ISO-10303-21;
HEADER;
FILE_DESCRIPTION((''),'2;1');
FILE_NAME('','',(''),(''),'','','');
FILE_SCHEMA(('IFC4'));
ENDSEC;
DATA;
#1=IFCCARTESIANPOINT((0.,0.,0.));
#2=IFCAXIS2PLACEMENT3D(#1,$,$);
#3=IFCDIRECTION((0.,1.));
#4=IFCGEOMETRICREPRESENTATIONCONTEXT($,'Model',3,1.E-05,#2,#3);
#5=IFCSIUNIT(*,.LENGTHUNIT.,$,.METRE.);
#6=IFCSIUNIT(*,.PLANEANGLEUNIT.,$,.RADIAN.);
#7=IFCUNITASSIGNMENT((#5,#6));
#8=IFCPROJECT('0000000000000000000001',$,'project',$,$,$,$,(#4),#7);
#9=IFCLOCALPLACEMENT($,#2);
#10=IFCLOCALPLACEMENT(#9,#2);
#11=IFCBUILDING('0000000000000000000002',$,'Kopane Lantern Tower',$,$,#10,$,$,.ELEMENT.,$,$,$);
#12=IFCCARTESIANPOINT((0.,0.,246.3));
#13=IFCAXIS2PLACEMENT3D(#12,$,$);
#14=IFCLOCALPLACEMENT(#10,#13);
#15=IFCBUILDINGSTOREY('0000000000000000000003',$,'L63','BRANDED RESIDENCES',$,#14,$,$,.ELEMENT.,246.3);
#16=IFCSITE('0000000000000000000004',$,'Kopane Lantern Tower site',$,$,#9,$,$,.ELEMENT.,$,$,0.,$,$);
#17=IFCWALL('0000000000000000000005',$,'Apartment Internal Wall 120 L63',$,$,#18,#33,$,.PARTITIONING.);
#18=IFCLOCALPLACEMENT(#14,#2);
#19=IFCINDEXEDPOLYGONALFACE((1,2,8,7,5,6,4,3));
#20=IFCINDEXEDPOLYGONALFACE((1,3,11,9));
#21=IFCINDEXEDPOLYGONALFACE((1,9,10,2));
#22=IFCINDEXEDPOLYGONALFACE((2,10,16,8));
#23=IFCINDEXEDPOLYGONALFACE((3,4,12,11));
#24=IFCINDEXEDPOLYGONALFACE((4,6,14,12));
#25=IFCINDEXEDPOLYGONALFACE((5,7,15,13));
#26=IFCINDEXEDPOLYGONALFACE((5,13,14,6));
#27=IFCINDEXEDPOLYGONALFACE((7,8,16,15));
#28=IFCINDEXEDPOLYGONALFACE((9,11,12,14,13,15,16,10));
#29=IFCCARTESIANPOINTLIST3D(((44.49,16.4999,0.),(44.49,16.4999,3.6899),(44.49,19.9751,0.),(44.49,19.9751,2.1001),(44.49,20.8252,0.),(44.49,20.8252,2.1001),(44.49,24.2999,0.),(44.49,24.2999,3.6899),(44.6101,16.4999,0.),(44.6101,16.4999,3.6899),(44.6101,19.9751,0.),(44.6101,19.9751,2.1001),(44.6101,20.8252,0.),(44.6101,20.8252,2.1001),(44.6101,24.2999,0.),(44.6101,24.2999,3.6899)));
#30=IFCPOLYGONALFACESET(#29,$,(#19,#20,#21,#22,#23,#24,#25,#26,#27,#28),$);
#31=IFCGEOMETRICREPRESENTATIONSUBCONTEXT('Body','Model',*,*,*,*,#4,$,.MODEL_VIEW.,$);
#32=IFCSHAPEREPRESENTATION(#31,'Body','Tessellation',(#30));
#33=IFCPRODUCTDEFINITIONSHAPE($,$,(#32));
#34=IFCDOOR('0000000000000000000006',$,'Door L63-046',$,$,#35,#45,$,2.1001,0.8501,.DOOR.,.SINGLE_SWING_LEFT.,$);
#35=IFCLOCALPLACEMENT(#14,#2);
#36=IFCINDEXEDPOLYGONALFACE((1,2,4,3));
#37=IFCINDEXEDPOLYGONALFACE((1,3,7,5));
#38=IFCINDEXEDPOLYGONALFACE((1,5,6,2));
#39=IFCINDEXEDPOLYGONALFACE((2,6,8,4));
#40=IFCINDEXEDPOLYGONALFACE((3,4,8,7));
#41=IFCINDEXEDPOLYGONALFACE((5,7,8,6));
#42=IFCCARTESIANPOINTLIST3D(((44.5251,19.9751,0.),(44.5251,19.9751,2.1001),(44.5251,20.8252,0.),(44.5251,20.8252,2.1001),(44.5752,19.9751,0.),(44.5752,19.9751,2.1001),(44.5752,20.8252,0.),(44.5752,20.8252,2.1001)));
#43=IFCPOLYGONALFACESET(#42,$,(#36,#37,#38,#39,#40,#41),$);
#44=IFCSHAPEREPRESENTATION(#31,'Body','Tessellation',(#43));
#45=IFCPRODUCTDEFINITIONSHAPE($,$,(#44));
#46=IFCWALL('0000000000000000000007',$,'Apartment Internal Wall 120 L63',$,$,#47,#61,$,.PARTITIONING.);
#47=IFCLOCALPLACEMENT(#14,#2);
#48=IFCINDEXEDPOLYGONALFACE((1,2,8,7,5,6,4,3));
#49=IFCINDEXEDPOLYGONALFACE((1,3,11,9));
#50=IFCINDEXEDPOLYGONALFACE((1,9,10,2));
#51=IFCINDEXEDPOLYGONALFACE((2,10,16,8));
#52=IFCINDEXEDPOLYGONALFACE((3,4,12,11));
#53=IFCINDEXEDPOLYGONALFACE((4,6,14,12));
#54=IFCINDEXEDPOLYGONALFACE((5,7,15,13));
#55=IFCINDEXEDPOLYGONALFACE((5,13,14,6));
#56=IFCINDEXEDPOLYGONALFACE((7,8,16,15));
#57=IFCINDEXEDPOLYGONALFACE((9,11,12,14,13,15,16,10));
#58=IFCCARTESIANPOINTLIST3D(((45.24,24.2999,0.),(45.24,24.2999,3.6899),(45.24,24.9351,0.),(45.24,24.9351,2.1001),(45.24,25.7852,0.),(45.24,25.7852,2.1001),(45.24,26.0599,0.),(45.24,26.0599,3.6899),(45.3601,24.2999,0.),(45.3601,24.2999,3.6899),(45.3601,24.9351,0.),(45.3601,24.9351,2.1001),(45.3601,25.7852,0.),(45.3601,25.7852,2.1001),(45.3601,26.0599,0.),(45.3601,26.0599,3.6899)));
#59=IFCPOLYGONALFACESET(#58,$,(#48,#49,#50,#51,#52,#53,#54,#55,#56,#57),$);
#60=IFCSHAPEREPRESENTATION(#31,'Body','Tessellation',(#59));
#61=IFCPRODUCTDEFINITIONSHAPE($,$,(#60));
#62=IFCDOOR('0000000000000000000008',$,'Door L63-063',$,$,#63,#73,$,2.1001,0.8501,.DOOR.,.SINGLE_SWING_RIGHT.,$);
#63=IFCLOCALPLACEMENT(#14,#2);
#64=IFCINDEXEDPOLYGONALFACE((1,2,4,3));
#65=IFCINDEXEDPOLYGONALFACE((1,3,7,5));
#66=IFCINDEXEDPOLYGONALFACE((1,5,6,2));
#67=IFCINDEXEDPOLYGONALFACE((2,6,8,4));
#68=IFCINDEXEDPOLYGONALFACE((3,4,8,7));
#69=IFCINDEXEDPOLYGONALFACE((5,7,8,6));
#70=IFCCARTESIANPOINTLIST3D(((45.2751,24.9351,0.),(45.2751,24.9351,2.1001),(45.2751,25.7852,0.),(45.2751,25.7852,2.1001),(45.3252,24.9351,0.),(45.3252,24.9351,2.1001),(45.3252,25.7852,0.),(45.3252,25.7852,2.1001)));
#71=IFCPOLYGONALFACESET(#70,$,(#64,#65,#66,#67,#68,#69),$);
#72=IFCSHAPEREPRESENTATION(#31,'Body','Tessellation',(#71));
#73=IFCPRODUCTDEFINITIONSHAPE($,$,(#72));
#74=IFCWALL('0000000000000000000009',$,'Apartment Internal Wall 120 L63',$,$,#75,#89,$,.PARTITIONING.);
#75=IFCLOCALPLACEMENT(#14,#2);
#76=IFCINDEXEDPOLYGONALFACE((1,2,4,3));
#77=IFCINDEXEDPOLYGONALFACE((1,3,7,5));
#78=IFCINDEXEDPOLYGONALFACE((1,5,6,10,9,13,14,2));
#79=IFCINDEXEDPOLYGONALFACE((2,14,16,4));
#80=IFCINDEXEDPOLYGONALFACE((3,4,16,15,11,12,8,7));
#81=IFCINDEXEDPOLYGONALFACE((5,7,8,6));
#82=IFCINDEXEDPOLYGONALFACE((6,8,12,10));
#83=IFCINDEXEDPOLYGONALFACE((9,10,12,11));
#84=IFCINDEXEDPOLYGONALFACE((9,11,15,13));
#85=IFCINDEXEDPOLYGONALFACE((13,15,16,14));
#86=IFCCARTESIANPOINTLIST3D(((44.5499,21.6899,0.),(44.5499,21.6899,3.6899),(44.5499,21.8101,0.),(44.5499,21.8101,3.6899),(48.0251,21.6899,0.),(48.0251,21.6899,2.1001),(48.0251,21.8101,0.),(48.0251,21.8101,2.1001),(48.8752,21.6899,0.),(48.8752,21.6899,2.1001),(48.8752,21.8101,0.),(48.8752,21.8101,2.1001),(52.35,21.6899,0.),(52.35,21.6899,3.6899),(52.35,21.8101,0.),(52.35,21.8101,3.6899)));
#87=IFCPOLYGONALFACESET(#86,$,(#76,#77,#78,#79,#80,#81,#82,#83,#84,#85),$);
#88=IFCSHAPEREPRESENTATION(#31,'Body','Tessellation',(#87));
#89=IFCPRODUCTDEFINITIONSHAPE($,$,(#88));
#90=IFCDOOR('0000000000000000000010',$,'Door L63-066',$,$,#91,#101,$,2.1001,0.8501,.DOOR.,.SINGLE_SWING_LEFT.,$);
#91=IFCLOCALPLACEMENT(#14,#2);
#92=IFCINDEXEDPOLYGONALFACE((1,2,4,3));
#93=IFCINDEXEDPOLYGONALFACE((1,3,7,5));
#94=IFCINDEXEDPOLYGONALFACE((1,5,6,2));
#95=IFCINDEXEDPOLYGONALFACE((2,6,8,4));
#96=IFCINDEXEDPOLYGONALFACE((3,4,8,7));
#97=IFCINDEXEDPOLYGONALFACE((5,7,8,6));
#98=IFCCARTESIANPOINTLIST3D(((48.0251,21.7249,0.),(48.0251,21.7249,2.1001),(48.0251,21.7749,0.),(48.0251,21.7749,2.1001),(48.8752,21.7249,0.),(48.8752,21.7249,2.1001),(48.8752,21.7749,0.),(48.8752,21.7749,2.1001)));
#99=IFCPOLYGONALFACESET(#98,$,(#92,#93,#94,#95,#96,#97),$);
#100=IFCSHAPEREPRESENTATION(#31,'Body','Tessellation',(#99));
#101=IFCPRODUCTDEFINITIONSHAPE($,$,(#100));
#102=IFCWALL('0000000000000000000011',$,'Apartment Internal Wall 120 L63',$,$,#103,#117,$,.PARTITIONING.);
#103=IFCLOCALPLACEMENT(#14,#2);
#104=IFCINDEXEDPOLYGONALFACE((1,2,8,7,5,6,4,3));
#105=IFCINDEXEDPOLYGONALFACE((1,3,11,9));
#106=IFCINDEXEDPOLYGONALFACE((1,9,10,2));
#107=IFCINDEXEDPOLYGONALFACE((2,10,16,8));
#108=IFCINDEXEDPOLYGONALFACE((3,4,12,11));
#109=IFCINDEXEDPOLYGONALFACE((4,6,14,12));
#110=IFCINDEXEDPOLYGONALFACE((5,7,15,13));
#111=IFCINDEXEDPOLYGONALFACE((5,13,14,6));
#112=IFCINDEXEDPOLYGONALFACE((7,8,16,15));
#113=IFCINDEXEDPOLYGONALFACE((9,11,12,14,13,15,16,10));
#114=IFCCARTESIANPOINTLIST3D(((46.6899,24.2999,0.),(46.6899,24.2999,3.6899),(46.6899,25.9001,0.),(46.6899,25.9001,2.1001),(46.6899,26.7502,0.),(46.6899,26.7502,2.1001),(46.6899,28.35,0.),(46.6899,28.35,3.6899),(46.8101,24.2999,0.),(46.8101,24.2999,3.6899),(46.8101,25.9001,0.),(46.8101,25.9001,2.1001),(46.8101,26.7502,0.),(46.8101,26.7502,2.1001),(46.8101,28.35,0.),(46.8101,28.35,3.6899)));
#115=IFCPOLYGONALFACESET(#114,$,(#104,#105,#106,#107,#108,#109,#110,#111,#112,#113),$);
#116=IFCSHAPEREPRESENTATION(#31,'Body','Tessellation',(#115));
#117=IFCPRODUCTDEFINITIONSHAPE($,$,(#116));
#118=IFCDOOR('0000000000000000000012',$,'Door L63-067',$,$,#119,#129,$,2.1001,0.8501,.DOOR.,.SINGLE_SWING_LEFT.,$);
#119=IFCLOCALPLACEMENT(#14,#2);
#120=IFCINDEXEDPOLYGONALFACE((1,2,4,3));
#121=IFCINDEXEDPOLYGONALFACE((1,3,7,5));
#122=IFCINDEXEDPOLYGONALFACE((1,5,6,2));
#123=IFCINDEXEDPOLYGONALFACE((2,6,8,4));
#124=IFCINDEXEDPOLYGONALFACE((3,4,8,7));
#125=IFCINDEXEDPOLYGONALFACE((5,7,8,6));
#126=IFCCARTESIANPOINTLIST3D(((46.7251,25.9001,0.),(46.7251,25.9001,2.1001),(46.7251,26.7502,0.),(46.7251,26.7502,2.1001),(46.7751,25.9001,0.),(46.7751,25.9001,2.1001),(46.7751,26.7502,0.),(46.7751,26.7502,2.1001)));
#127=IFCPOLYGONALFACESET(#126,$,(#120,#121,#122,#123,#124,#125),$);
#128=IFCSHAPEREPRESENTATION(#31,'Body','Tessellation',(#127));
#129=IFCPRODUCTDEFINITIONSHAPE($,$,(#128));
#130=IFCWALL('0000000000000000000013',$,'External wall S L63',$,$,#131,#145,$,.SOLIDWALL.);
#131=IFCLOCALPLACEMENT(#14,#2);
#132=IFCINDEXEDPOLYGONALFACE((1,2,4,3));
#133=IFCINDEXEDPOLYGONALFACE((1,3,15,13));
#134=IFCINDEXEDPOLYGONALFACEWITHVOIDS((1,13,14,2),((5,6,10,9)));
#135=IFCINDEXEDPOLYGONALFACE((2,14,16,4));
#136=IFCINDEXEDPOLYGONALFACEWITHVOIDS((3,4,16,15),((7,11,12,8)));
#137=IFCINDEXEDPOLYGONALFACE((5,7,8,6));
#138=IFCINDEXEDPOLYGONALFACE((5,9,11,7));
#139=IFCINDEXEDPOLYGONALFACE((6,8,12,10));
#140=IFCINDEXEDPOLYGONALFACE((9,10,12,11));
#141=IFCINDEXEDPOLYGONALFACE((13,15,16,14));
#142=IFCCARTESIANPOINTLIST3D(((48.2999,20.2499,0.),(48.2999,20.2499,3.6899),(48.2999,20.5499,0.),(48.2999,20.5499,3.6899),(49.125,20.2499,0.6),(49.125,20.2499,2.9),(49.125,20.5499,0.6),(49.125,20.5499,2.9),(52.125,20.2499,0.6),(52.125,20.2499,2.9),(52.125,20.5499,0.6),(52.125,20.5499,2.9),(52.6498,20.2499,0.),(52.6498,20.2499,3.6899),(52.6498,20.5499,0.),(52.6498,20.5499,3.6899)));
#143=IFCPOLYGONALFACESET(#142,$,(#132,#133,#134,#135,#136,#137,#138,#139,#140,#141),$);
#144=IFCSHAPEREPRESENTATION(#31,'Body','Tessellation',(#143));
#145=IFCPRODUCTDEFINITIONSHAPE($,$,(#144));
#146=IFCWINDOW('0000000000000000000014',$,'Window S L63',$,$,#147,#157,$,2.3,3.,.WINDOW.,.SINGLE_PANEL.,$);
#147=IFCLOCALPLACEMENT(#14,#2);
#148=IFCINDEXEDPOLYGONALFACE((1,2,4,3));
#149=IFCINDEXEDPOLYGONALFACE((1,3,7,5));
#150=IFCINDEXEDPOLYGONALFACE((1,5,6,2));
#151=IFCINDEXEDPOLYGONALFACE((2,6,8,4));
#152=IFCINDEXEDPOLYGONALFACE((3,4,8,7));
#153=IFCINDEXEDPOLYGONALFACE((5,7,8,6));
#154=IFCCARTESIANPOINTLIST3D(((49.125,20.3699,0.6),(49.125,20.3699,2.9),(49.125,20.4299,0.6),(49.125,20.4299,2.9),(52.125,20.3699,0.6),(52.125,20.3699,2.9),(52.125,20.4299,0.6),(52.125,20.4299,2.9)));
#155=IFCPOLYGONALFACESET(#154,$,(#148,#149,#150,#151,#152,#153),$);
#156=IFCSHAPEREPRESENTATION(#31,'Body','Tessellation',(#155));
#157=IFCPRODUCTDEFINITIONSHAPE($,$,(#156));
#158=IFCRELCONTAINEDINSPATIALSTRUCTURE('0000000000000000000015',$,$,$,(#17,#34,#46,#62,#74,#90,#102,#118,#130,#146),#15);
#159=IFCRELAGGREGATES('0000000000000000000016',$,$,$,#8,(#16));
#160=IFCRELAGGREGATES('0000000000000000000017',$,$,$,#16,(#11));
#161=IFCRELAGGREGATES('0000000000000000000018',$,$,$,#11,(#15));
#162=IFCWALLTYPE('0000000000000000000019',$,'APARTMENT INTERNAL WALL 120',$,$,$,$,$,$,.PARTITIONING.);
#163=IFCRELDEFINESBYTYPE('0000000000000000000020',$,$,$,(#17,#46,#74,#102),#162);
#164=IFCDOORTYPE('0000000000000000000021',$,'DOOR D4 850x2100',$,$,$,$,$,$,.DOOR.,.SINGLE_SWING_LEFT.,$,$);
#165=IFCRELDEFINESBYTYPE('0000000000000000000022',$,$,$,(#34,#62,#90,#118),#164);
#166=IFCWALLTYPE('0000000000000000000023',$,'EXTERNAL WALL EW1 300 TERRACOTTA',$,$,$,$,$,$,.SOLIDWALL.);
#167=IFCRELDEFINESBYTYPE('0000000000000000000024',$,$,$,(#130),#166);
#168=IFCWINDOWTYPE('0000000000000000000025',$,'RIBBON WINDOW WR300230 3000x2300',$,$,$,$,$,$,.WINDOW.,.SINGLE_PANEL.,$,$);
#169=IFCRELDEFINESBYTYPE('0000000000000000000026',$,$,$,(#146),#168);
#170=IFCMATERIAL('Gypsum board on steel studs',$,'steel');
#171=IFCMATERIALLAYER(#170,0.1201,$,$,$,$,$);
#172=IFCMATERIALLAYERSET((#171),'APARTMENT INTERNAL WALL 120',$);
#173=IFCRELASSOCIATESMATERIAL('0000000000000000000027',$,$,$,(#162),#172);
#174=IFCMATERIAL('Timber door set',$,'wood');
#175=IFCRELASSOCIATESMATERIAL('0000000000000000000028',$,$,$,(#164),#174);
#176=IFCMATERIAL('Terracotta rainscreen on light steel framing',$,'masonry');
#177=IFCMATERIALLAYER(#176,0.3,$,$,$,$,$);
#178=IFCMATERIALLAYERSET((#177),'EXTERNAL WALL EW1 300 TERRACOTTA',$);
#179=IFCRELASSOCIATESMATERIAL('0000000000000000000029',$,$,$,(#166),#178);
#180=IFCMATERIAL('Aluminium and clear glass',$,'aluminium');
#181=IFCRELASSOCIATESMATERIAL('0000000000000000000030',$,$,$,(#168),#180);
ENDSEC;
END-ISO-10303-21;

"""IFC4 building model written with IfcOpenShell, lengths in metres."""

from ifc_helpers import new_model, si_unit, direction, frame, frame_2d, origin, place, context, subcontext, project, spatial, rectangle, extrude, material, layer, layer_set, type_object, element, fill, save


model = new_model("IFC4")

# Units and contexts
model_context = context("Model", 3, precision=1e-05, world=origin(), true_north=direction((0.0, 1.0)))
body_context = subcontext(model_context, "Body", "Model", "MODEL_VIEW")
ifc_project = project(units=[si_unit("LENGTHUNIT", "METRE"), si_unit("PLANEANGLEUNIT", "RADIAN")], contexts=[model_context])

# Site, building, storey
site_placement = place(None, origin())
site = spatial("IfcSite", under=ifc_project, at=site_placement, Name="Kopane Lantern Tower site", CompositionType="ELEMENT", RefElevation=0.0)
building_placement = place(site_placement, origin())
building = spatial("IfcBuilding", under=site, at=building_placement, Name="Kopane Lantern Tower", CompositionType="ELEMENT")
storey_placement = place(building_placement, frame((0.0, 0.0, 246.3)))
storey = spatial("IfcBuildingStorey", under=building, at=storey_placement, Name="L63", Description="BRANDED RESIDENCES", CompositionType="ELEMENT", Elevation=246.3)

# Shared definitions
ifc_material_1 = material(Name="Gypsum board on steel studs", Category="steel")
ifc_layer_1 = layer(ifc_material_1, 0.1201)
ifc_layer_set_1 = layer_set([ifc_layer_1], Name="APARTMENT INTERNAL WALL 120")
wall_type_1 = type_object("IfcWallType", Name="APARTMENT INTERNAL WALL 120", PredefinedType="PARTITIONING", material=ifc_layer_set_1)
ifc_material_2 = material(Name="Timber door set", Category="wood")
door_type = type_object("IfcDoorType", Name="DOOR D4 850x2100", OperationType="SINGLE_SWING_LEFT", PredefinedType="DOOR", material=ifc_material_2)

# Walls, openings, doors
wall_1_placement = place(storey_placement, frame((44.55, 16.5, 0.0), z_axis=(0.0, 0.0, 1.0), x_axis=(0.0, 1.0, 0.0)))
wall_1 = element("IfcWall", 1, at=wall_1_placement, inside=storey, type_object=wall_type_1, Name="Apartment Internal Wall 120 L63", PredefinedType="PARTITIONING", context=body_context, shape_type="SweptSolid", body=[
    extrude(rectangle(XDim=7.8, YDim=0.1201, at=frame_2d((3.8999, 0.0))), origin(), (0.0, 0.0, 1.0), 3.6899),
])
opening_1_placement = place(wall_1_placement, frame((3.4751, 0.0, 0.0)))
opening_1 = element("IfcOpeningElement", 2, at=opening_1_placement, cuts=wall_1, PredefinedType="OPENING", context=body_context, shape_type="SweptSolid", body=[
    extrude(rectangle(XDim=0.8501, YDim=2.1001, at=frame_2d((0.425, 1.05))), frame((0.0, 0.0701, 0.0), z_axis=(0.0, -1.0, 0.0), x_axis=(1.0, 0.0, 0.0)), (0.0, 0.0, 1.0), 0.1401),
])
door_1_placement = place(opening_1_placement, origin())
door_1 = element("IfcDoor", 3, at=door_1_placement, inside=storey, type_object=door_type, Name="Door L63-046", OperationType="SINGLE_SWING_LEFT", OverallHeight=2.1001, OverallWidth=0.8501, PredefinedType="DOOR", context=body_context, shape_type="SweptSolid", body=[
    extrude(rectangle(XDim=0.8501, YDim=2.1001, at=frame_2d((0.425, 1.05))), frame((0.0, 0.0249, 0.0), z_axis=(0.0, -1.0, 0.0), x_axis=(1.0, 0.0, 0.0)), (0.0, 0.0, 1.0), 0.05),
])
fill(opening_1, door_1)
wall_2_placement = place(storey_placement, frame((45.3, 24.3, 0.0), z_axis=(0.0, 0.0, 1.0), x_axis=(0.0, 1.0, 0.0)))
wall_2 = element("IfcWall", 4, at=wall_2_placement, inside=storey, type_object=wall_type_1, Name="Apartment Internal Wall 120 L63", PredefinedType="PARTITIONING", context=body_context, shape_type="SweptSolid", body=[
    extrude(rectangle(XDim=1.76, YDim=0.1201, at=frame_2d((0.8799, 0.0))), origin(), (0.0, 0.0, 1.0), 3.6899),
])
opening_2_placement = place(wall_2_placement, frame((0.635, 0.0, 0.0)))
opening_2 = element("IfcOpeningElement", 5, at=opening_2_placement, cuts=wall_2, PredefinedType="OPENING", context=body_context, shape_type="SweptSolid", body=[
    extrude(rectangle(XDim=0.8501, YDim=2.1001, at=frame_2d((0.425, 1.05))), frame((0.0, 0.0701, 0.0), z_axis=(0.0, -1.0, 0.0), x_axis=(1.0, 0.0, 0.0)), (0.0, 0.0, 1.0), 0.1401),
])
door_2_placement = place(opening_2_placement, origin())
door_2 = element("IfcDoor", 6, at=door_2_placement, inside=storey, type_object=door_type, Name="Door L63-063", OperationType="SINGLE_SWING_RIGHT", OverallHeight=2.1001, OverallWidth=0.8501, PredefinedType="DOOR", context=body_context, shape_type="SweptSolid", body=[
    extrude(rectangle(XDim=0.8501, YDim=2.1001, at=frame_2d((0.425, 1.05))), frame((0.0, 0.0249, 0.0), z_axis=(0.0, -1.0, 0.0), x_axis=(1.0, 0.0, 0.0)), (0.0, 0.0, 1.0), 0.05),
])
fill(opening_2, door_2)
wall_3_placement = place(storey_placement, frame((44.55, 21.75, 0.0), z_axis=(0.0, 0.0, 1.0), x_axis=(1.0, 0.0, 0.0)))
wall_3 = element("IfcWall", 7, at=wall_3_placement, inside=storey, type_object=wall_type_1, Name="Apartment Internal Wall 120 L63", PredefinedType="PARTITIONING", context=body_context, shape_type="SweptSolid", body=[
    extrude(rectangle(XDim=7.8, YDim=0.1201, at=frame_2d((3.8999, 0.0))), origin(), (0.0, 0.0, 1.0), 3.6899),
])
opening_3_placement = place(wall_3_placement, frame((3.4751, 0.0, 0.0)))
opening_3 = element("IfcOpeningElement", 8, at=opening_3_placement, cuts=wall_3, PredefinedType="OPENING", context=body_context, shape_type="SweptSolid", body=[
    extrude(rectangle(XDim=0.8501, YDim=2.1001, at=frame_2d((0.425, 1.05))), frame((0.0, 0.0701, 0.0), z_axis=(0.0, -1.0, 0.0), x_axis=(1.0, 0.0, 0.0)), (0.0, 0.0, 1.0), 0.1401),
])
door_3_placement = place(opening_3_placement, origin())
door_3 = element("IfcDoor", 9, at=door_3_placement, inside=storey, type_object=door_type, Name="Door L63-066", OperationType="SINGLE_SWING_LEFT", OverallHeight=2.1001, OverallWidth=0.8501, PredefinedType="DOOR", context=body_context, shape_type="SweptSolid", body=[
    extrude(rectangle(XDim=0.8501, YDim=2.1001, at=frame_2d((0.425, 1.05))), frame((0.0, 0.0249, 0.0), z_axis=(0.0, -1.0, 0.0), x_axis=(1.0, 0.0, 0.0)), (0.0, 0.0, 1.0), 0.05),
])
fill(opening_3, door_3)
wall_4_placement = place(storey_placement, frame((46.75, 24.3, 0.0), z_axis=(0.0, 0.0, 1.0), x_axis=(0.0, 1.0, 0.0)))
wall_4 = element("IfcWall", 10, at=wall_4_placement, inside=storey, type_object=wall_type_1, Name="Apartment Internal Wall 120 L63", PredefinedType="PARTITIONING", context=body_context, shape_type="SweptSolid", body=[
    extrude(rectangle(XDim=4.05, YDim=0.1201, at=frame_2d((2.0249, 0.0))), origin(), (0.0, 0.0, 1.0), 3.6899),
])
opening_4_placement = place(wall_4_placement, frame((1.6001, 0.0, 0.0)))
opening_4 = element("IfcOpeningElement", 11, at=opening_4_placement, cuts=wall_4, PredefinedType="OPENING", context=body_context, shape_type="SweptSolid", body=[
    extrude(rectangle(XDim=0.8501, YDim=2.1001, at=frame_2d((0.425, 1.05))), frame((0.0, 0.0701, 0.0), z_axis=(0.0, -1.0, 0.0), x_axis=(1.0, 0.0, 0.0)), (0.0, 0.0, 1.0), 0.1401),
])
door_4_placement = place(opening_4_placement, origin())
door_4 = element("IfcDoor", 12, at=door_4_placement, inside=storey, type_object=door_type, Name="Door L63-067", OperationType="SINGLE_SWING_LEFT", OverallHeight=2.1001, OverallWidth=0.8501, PredefinedType="DOOR", context=body_context, shape_type="SweptSolid", body=[
    extrude(rectangle(XDim=0.8501, YDim=2.1001, at=frame_2d((0.425, 1.05))), frame((0.0, 0.0249, 0.0), z_axis=(0.0, -1.0, 0.0), x_axis=(1.0, 0.0, 0.0)), (0.0, 0.0, 1.0), 0.05),
])
fill(opening_4, door_4)

# Wall, opening, window
ifc_material_3 = material(Name="Terracotta rainscreen on light steel framing", Category="masonry")
ifc_layer_2 = layer(ifc_material_3, 0.3)
ifc_layer_set_2 = layer_set([ifc_layer_2], Name="EXTERNAL WALL EW1 300 TERRACOTTA")
wall_type_2 = type_object("IfcWallType", Name="EXTERNAL WALL EW1 300 TERRACOTTA", PredefinedType="SOLIDWALL", material=ifc_layer_set_2)
wall_5_placement = place(storey_placement, frame((48.3, 20.3999, 0.0), z_axis=(0.0, 0.0, 1.0), x_axis=(1.0, 0.0, 0.0)))
wall_5 = element("IfcWall", 13, at=wall_5_placement, inside=storey, type_object=wall_type_2, Name="External wall S L63", PredefinedType="SOLIDWALL", context=body_context, shape_type="SweptSolid", body=[
    extrude(rectangle(XDim=4.3499, YDim=0.3, at=frame_2d((2.1748, 0.0))), origin(), (0.0, 0.0, 1.0), 3.6899),
])
opening_5_placement = place(wall_5_placement, frame((0.825, 0.0, 0.6001)))
opening_5 = element("IfcOpeningElement", 14, at=opening_5_placement, cuts=wall_5, PredefinedType="OPENING", context=body_context, shape_type="SweptSolid", body=[
    extrude(rectangle(XDim=3.0, YDim=2.3, at=frame_2d((1.5, 1.1499))), frame((0.0, 0.1599, 0.0), z_axis=(0.0, -1.0, 0.0), x_axis=(1.0, 0.0, 0.0)), (0.0, 0.0, 1.0), 0.3201),
])
ifc_material_4 = material(Name="Aluminium and clear glass", Category="aluminium")
window_type = type_object("IfcWindowType", Name="RIBBON WINDOW WR300230 3000x2300", PartitioningType="SINGLE_PANEL", PredefinedType="WINDOW", material=ifc_material_4)
window_placement = place(opening_5_placement, origin())
window = element("IfcWindow", 15, at=window_placement, inside=storey, type_object=window_type, Name="Window S L63", OverallHeight=2.3, OverallWidth=3.0, PartitioningType="SINGLE_PANEL", PredefinedType="WINDOW", context=body_context, shape_type="SweptSolid", body=[
    extrude(rectangle(XDim=3.0, YDim=2.3, at=frame_2d((1.5, 1.1499))), frame((0.0, 0.03, 0.0), z_axis=(0.0, -1.0, 0.0), x_axis=(1.0, 0.0, 0.0)), (0.0, 0.0, 1.0), 0.0601),
])
fill(opening_5, window)

save(model, "model.ifc")
